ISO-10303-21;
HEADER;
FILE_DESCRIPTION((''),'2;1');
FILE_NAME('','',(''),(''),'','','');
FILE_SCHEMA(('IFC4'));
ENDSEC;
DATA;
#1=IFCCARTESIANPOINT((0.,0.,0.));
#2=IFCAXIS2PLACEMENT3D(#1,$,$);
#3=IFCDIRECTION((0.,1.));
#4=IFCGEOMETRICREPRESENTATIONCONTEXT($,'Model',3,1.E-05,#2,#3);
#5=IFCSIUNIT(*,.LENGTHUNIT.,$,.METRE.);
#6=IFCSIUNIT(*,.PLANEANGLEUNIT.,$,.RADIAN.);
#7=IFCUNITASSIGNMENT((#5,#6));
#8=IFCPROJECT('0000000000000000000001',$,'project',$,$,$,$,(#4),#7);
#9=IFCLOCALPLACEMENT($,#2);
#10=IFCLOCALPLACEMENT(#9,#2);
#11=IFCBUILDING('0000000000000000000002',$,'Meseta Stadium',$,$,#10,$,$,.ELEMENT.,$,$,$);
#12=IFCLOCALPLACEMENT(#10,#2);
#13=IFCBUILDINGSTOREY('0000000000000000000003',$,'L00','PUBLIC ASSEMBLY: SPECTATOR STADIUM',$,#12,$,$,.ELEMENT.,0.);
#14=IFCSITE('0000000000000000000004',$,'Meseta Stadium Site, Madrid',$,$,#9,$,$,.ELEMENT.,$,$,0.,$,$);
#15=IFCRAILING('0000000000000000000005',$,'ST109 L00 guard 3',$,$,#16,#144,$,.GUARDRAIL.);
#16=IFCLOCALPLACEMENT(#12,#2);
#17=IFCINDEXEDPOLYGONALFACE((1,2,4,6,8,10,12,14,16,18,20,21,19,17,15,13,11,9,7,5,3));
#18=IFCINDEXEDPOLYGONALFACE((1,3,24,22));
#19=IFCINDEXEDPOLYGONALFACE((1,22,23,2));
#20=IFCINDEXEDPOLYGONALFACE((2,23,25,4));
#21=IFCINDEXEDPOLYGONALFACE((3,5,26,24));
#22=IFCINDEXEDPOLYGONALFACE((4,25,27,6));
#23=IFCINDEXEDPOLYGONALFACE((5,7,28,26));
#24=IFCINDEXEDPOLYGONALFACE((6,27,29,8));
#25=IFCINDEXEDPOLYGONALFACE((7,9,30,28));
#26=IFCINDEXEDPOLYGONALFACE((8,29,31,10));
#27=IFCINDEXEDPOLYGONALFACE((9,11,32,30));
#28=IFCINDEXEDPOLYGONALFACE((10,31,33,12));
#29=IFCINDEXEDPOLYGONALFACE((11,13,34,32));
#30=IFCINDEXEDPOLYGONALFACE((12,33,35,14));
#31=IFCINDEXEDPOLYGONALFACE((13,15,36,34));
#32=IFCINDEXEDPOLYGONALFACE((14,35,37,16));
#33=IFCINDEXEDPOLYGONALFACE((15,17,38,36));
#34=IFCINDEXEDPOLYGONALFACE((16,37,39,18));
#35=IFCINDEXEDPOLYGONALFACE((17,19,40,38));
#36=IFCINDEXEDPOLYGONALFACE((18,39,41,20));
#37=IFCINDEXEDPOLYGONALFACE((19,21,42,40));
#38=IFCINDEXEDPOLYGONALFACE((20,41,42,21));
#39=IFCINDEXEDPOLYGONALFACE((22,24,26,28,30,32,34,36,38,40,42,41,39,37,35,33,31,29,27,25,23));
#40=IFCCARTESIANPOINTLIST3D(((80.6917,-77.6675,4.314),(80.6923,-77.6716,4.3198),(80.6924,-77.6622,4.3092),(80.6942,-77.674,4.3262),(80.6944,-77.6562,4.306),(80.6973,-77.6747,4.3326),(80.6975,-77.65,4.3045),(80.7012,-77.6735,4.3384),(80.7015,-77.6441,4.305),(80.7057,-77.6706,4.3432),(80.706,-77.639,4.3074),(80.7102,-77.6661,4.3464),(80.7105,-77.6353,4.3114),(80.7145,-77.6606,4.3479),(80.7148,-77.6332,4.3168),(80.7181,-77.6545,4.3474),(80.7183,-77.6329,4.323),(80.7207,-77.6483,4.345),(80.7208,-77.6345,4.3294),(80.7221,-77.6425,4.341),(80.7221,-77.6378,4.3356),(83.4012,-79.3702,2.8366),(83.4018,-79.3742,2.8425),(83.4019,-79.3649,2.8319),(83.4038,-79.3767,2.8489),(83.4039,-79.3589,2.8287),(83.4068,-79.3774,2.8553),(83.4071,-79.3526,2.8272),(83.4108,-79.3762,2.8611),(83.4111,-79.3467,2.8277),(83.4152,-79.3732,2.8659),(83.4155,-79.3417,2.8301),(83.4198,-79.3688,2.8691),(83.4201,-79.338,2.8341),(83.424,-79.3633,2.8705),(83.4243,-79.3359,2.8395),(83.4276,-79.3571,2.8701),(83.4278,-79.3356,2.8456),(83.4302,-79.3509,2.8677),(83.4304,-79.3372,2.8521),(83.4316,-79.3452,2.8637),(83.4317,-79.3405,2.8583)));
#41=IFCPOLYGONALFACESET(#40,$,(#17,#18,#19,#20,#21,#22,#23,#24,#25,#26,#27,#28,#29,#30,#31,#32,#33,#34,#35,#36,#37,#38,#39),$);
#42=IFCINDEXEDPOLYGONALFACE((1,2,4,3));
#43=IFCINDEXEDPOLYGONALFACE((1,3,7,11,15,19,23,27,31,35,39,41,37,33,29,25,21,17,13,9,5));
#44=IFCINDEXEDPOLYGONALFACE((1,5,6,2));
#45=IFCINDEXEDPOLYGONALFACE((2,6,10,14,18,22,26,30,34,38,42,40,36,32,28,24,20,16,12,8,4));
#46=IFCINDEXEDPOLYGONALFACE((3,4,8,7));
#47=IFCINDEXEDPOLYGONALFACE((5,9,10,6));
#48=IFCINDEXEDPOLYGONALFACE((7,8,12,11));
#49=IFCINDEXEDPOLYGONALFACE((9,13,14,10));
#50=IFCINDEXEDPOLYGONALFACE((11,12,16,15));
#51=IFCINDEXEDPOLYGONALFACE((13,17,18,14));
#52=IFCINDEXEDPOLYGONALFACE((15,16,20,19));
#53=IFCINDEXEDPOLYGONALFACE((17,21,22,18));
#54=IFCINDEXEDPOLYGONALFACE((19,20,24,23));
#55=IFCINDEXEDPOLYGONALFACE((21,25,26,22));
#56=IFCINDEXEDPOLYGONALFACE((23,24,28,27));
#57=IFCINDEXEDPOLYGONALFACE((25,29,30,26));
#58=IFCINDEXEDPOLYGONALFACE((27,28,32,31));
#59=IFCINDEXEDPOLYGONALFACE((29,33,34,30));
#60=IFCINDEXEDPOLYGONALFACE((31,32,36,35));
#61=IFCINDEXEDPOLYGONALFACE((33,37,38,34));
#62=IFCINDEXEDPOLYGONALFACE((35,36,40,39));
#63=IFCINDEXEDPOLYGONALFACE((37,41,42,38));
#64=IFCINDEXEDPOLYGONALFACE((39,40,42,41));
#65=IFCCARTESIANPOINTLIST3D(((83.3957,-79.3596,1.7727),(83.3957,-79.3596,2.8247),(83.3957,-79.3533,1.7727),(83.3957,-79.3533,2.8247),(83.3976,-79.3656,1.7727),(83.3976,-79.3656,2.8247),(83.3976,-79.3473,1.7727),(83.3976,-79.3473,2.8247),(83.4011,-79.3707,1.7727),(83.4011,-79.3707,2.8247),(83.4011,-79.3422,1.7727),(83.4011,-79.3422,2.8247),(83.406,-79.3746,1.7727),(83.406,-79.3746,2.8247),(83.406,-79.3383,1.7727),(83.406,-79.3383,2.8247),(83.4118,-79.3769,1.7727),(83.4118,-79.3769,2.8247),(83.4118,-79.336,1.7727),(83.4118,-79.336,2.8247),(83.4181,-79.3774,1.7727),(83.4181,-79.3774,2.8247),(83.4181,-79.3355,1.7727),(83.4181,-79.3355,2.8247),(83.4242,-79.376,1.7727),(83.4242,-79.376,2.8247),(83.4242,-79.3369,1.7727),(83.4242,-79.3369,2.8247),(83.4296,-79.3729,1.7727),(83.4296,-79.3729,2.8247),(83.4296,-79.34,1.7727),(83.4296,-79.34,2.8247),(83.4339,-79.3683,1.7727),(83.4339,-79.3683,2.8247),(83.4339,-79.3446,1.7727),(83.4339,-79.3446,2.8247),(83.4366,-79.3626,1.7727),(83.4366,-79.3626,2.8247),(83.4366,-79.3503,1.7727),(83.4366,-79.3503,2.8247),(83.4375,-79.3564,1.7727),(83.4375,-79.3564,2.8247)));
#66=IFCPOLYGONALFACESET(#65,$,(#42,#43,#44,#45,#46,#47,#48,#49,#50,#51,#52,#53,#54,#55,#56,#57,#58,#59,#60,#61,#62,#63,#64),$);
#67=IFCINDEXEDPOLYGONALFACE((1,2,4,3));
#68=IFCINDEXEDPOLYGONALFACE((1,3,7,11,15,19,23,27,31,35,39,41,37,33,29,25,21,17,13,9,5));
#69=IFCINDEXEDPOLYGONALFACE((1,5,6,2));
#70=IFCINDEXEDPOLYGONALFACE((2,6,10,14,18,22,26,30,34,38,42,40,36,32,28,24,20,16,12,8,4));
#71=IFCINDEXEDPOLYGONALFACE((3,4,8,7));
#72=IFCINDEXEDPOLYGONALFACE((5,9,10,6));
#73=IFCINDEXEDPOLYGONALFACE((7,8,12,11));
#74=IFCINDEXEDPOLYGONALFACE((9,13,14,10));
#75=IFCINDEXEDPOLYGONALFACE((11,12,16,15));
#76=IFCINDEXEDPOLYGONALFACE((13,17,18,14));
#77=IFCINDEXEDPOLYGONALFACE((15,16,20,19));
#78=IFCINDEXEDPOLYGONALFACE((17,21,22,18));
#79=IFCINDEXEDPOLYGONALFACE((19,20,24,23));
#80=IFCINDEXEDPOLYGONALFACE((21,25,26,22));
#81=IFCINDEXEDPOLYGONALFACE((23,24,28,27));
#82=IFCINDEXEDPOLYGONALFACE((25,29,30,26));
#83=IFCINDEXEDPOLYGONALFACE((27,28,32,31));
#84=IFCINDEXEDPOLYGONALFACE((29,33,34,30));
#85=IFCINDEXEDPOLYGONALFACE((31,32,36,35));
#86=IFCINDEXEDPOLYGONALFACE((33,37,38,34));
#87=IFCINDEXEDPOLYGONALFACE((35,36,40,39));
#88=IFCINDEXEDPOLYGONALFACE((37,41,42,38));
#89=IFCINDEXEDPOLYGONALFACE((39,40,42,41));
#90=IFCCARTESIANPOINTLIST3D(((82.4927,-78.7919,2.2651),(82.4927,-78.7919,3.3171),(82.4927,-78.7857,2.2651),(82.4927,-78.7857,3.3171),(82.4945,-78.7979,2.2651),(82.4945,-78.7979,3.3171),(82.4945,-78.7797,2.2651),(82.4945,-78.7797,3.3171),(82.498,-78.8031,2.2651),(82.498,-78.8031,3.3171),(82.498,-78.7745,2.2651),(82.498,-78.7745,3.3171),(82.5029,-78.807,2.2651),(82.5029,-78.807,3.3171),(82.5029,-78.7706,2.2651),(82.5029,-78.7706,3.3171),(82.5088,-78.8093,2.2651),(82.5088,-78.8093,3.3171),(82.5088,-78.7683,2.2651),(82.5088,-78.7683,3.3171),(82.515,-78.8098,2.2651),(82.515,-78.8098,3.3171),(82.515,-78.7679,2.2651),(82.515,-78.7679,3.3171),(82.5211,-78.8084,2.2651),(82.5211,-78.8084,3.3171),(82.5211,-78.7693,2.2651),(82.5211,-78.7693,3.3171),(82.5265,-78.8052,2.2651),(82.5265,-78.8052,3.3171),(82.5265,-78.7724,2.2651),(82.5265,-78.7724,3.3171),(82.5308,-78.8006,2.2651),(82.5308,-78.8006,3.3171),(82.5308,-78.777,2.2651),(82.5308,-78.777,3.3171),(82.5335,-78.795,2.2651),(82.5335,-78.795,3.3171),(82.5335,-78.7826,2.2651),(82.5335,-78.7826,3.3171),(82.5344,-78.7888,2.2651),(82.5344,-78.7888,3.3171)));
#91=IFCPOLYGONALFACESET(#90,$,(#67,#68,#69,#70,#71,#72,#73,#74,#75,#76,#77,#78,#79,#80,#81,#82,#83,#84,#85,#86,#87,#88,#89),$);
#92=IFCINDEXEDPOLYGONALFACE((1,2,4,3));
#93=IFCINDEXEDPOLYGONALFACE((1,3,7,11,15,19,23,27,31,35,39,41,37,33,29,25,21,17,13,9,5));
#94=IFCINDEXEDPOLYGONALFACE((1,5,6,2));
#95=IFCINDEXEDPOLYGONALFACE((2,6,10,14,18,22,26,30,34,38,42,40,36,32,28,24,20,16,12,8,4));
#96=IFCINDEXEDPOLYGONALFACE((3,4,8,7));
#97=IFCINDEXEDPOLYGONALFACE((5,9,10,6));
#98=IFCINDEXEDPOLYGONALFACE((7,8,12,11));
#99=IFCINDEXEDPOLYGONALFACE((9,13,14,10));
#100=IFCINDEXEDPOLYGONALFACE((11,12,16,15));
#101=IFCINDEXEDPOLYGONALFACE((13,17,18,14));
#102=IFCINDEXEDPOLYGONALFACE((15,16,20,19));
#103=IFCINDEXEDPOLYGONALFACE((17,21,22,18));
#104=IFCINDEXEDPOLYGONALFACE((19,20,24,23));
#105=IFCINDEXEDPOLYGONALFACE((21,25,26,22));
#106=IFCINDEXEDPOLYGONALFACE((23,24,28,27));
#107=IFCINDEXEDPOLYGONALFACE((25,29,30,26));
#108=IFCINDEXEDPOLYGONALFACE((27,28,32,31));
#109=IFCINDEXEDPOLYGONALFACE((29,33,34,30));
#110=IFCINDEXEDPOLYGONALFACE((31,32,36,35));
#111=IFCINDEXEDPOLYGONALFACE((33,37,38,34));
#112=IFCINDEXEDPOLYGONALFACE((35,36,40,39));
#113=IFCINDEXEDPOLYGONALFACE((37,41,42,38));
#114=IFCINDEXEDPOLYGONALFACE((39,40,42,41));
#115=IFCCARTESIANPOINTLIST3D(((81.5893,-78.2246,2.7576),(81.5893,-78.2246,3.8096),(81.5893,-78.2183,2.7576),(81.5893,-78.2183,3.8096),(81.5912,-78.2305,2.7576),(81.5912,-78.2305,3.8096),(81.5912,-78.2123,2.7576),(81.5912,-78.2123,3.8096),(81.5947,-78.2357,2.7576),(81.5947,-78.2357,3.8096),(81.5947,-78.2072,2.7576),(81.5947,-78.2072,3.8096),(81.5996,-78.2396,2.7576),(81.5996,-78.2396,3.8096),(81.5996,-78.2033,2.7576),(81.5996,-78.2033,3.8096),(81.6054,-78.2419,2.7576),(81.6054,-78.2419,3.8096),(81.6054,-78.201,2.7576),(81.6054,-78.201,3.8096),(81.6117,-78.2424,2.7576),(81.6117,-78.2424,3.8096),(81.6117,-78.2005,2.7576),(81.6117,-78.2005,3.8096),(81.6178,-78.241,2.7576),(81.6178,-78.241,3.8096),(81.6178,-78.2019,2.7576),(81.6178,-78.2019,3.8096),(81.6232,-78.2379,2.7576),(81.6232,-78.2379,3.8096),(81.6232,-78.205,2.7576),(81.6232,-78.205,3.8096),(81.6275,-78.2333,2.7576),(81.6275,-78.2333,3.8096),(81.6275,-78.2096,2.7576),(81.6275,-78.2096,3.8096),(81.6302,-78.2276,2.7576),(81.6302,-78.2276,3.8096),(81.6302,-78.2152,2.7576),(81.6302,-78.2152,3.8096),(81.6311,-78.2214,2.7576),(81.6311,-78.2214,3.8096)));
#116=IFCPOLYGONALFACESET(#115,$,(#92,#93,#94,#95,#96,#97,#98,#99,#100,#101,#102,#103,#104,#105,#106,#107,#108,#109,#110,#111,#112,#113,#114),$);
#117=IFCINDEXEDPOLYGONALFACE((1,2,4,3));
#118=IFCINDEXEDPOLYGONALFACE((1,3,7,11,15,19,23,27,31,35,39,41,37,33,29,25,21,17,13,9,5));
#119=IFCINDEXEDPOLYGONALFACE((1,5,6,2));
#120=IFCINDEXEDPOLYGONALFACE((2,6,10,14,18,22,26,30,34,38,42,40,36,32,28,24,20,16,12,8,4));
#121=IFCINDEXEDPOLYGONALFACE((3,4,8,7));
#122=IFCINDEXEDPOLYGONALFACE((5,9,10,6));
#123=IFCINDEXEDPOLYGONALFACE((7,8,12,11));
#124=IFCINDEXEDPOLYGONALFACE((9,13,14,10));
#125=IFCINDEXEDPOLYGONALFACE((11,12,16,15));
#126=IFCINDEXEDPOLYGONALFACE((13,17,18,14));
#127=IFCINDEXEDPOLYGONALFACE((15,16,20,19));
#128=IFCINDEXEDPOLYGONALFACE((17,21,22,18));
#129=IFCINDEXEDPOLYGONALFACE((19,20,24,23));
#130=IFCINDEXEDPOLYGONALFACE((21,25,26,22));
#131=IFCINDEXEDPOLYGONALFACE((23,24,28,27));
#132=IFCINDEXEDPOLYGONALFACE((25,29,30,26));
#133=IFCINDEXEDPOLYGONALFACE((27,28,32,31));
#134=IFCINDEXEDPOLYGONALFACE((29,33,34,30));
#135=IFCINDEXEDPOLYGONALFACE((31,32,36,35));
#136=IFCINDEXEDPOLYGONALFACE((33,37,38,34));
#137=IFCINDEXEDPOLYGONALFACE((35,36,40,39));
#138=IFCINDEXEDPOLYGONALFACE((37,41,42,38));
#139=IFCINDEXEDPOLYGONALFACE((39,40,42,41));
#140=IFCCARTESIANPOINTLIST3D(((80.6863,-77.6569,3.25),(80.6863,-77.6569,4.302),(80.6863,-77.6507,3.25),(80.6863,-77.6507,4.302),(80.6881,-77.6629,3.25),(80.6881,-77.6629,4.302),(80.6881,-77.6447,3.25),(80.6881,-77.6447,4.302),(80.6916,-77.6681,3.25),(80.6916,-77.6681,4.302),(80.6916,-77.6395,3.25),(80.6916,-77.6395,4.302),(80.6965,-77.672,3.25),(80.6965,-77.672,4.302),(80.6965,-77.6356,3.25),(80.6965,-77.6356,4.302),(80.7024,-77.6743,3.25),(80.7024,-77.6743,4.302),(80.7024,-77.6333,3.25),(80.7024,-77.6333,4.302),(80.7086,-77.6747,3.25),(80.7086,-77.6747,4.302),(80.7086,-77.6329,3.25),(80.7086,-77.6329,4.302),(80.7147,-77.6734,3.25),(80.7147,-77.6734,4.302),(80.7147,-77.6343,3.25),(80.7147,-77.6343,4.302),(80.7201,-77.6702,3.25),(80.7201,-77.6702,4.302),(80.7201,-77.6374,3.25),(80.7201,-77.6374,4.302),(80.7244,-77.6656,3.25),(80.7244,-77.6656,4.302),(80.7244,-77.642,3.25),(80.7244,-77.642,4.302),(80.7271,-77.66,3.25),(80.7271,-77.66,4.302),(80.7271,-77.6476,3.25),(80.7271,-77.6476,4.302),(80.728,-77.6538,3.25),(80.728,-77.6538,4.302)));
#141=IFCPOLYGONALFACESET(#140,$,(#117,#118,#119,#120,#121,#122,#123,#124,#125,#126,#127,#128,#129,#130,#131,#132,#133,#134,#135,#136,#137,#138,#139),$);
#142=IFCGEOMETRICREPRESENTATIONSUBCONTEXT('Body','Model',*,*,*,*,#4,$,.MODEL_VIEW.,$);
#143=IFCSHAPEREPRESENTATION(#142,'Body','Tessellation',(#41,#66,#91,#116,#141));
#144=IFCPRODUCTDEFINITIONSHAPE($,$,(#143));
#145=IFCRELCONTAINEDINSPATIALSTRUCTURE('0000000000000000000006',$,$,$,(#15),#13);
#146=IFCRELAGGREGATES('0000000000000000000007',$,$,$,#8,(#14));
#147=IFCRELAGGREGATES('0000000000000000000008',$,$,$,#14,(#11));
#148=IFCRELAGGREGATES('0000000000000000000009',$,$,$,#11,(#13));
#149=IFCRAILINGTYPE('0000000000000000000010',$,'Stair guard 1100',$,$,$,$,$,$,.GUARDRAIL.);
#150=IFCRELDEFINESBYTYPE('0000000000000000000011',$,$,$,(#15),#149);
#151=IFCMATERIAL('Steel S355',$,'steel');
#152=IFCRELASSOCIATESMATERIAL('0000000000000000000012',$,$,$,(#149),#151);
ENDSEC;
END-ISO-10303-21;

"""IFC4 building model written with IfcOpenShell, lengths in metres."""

from ifc_helpers import new_model, si_unit, direction, frame, origin, origin_2d, place, context, subcontext, project, spatial, circle, extrude, material, type_object, element, save


model = new_model("IFC4")

# Units and contexts
model_context = context("Model", 3, precision=1e-05, world=origin(), true_north=direction((0.0, 1.0)))
body_context = subcontext(model_context, "Body", "Model", "MODEL_VIEW")
ifc_project = project(units=[si_unit("LENGTHUNIT", "METRE"), si_unit("PLANEANGLEUNIT", "RADIAN")], contexts=[model_context])

# Site, building, storey
site_placement = place(None, origin())
site = spatial("IfcSite", under=ifc_project, at=site_placement, Name="Meseta Stadium Site, Madrid", CompositionType="ELEMENT", RefElevation=0.0)
building_placement = place(site_placement, origin())
building = spatial("IfcBuilding", under=site, at=building_placement, Name="Meseta Stadium", CompositionType="ELEMENT")
storey_placement = place(building_placement, origin())
storey = spatial("IfcBuildingStorey", under=building, at=storey_placement, Name="L00", Description="PUBLIC ASSEMBLY: SPECTATOR STADIUM", CompositionType="ELEMENT", Elevation=0.0)

# Railing
ifc_material_1 = material(Name="Steel S355", Category="steel")
railing_type_1 = type_object("IfcRailingType", Name="Stair guard 1100", PredefinedType="GUARDRAIL", material=ifc_material_1)
railing_1_placement = place(storey_placement, frame((83.4165, -79.3564, 1.7727)))
element("IfcRailing", 1, at=railing_1_placement, inside=storey, type_object=railing_type_1, Name="ST109 L00 guard 3", PredefinedType="GUARDRAIL", context=body_context, shape_type="SweptSolid", body=[
    extrude(circle(Radius=0.0239, at=origin_2d()), frame((0.0, 0.0, 1.0762), z_axis=(-0.768738, 0.483076, 0.419142), x_axis=(-0.532068, -0.846701, 0.0)), (0.0, 0.0, 1.0), 3.5247),
    extrude(circle(Radius=0.021, at=origin_2d()), origin(), (0.0, 0.0, 1.0), 1.052),
    extrude(circle(Radius=0.021, at=origin_2d()), frame((-0.9031, 0.5676, 0.4924)), (0.0, 0.0, 1.0), 1.052),
    extrude(circle(Radius=0.021, at=origin_2d()), frame((-1.8064, 1.135, 0.9849)), (0.0, 0.0, 1.0), 1.052),
    extrude(circle(Radius=0.021, at=origin_2d()), frame((-2.7095, 1.7026, 1.4773)), (0.0, 0.0, 1.0), 1.052),
])

save(model, "model.ifc")
